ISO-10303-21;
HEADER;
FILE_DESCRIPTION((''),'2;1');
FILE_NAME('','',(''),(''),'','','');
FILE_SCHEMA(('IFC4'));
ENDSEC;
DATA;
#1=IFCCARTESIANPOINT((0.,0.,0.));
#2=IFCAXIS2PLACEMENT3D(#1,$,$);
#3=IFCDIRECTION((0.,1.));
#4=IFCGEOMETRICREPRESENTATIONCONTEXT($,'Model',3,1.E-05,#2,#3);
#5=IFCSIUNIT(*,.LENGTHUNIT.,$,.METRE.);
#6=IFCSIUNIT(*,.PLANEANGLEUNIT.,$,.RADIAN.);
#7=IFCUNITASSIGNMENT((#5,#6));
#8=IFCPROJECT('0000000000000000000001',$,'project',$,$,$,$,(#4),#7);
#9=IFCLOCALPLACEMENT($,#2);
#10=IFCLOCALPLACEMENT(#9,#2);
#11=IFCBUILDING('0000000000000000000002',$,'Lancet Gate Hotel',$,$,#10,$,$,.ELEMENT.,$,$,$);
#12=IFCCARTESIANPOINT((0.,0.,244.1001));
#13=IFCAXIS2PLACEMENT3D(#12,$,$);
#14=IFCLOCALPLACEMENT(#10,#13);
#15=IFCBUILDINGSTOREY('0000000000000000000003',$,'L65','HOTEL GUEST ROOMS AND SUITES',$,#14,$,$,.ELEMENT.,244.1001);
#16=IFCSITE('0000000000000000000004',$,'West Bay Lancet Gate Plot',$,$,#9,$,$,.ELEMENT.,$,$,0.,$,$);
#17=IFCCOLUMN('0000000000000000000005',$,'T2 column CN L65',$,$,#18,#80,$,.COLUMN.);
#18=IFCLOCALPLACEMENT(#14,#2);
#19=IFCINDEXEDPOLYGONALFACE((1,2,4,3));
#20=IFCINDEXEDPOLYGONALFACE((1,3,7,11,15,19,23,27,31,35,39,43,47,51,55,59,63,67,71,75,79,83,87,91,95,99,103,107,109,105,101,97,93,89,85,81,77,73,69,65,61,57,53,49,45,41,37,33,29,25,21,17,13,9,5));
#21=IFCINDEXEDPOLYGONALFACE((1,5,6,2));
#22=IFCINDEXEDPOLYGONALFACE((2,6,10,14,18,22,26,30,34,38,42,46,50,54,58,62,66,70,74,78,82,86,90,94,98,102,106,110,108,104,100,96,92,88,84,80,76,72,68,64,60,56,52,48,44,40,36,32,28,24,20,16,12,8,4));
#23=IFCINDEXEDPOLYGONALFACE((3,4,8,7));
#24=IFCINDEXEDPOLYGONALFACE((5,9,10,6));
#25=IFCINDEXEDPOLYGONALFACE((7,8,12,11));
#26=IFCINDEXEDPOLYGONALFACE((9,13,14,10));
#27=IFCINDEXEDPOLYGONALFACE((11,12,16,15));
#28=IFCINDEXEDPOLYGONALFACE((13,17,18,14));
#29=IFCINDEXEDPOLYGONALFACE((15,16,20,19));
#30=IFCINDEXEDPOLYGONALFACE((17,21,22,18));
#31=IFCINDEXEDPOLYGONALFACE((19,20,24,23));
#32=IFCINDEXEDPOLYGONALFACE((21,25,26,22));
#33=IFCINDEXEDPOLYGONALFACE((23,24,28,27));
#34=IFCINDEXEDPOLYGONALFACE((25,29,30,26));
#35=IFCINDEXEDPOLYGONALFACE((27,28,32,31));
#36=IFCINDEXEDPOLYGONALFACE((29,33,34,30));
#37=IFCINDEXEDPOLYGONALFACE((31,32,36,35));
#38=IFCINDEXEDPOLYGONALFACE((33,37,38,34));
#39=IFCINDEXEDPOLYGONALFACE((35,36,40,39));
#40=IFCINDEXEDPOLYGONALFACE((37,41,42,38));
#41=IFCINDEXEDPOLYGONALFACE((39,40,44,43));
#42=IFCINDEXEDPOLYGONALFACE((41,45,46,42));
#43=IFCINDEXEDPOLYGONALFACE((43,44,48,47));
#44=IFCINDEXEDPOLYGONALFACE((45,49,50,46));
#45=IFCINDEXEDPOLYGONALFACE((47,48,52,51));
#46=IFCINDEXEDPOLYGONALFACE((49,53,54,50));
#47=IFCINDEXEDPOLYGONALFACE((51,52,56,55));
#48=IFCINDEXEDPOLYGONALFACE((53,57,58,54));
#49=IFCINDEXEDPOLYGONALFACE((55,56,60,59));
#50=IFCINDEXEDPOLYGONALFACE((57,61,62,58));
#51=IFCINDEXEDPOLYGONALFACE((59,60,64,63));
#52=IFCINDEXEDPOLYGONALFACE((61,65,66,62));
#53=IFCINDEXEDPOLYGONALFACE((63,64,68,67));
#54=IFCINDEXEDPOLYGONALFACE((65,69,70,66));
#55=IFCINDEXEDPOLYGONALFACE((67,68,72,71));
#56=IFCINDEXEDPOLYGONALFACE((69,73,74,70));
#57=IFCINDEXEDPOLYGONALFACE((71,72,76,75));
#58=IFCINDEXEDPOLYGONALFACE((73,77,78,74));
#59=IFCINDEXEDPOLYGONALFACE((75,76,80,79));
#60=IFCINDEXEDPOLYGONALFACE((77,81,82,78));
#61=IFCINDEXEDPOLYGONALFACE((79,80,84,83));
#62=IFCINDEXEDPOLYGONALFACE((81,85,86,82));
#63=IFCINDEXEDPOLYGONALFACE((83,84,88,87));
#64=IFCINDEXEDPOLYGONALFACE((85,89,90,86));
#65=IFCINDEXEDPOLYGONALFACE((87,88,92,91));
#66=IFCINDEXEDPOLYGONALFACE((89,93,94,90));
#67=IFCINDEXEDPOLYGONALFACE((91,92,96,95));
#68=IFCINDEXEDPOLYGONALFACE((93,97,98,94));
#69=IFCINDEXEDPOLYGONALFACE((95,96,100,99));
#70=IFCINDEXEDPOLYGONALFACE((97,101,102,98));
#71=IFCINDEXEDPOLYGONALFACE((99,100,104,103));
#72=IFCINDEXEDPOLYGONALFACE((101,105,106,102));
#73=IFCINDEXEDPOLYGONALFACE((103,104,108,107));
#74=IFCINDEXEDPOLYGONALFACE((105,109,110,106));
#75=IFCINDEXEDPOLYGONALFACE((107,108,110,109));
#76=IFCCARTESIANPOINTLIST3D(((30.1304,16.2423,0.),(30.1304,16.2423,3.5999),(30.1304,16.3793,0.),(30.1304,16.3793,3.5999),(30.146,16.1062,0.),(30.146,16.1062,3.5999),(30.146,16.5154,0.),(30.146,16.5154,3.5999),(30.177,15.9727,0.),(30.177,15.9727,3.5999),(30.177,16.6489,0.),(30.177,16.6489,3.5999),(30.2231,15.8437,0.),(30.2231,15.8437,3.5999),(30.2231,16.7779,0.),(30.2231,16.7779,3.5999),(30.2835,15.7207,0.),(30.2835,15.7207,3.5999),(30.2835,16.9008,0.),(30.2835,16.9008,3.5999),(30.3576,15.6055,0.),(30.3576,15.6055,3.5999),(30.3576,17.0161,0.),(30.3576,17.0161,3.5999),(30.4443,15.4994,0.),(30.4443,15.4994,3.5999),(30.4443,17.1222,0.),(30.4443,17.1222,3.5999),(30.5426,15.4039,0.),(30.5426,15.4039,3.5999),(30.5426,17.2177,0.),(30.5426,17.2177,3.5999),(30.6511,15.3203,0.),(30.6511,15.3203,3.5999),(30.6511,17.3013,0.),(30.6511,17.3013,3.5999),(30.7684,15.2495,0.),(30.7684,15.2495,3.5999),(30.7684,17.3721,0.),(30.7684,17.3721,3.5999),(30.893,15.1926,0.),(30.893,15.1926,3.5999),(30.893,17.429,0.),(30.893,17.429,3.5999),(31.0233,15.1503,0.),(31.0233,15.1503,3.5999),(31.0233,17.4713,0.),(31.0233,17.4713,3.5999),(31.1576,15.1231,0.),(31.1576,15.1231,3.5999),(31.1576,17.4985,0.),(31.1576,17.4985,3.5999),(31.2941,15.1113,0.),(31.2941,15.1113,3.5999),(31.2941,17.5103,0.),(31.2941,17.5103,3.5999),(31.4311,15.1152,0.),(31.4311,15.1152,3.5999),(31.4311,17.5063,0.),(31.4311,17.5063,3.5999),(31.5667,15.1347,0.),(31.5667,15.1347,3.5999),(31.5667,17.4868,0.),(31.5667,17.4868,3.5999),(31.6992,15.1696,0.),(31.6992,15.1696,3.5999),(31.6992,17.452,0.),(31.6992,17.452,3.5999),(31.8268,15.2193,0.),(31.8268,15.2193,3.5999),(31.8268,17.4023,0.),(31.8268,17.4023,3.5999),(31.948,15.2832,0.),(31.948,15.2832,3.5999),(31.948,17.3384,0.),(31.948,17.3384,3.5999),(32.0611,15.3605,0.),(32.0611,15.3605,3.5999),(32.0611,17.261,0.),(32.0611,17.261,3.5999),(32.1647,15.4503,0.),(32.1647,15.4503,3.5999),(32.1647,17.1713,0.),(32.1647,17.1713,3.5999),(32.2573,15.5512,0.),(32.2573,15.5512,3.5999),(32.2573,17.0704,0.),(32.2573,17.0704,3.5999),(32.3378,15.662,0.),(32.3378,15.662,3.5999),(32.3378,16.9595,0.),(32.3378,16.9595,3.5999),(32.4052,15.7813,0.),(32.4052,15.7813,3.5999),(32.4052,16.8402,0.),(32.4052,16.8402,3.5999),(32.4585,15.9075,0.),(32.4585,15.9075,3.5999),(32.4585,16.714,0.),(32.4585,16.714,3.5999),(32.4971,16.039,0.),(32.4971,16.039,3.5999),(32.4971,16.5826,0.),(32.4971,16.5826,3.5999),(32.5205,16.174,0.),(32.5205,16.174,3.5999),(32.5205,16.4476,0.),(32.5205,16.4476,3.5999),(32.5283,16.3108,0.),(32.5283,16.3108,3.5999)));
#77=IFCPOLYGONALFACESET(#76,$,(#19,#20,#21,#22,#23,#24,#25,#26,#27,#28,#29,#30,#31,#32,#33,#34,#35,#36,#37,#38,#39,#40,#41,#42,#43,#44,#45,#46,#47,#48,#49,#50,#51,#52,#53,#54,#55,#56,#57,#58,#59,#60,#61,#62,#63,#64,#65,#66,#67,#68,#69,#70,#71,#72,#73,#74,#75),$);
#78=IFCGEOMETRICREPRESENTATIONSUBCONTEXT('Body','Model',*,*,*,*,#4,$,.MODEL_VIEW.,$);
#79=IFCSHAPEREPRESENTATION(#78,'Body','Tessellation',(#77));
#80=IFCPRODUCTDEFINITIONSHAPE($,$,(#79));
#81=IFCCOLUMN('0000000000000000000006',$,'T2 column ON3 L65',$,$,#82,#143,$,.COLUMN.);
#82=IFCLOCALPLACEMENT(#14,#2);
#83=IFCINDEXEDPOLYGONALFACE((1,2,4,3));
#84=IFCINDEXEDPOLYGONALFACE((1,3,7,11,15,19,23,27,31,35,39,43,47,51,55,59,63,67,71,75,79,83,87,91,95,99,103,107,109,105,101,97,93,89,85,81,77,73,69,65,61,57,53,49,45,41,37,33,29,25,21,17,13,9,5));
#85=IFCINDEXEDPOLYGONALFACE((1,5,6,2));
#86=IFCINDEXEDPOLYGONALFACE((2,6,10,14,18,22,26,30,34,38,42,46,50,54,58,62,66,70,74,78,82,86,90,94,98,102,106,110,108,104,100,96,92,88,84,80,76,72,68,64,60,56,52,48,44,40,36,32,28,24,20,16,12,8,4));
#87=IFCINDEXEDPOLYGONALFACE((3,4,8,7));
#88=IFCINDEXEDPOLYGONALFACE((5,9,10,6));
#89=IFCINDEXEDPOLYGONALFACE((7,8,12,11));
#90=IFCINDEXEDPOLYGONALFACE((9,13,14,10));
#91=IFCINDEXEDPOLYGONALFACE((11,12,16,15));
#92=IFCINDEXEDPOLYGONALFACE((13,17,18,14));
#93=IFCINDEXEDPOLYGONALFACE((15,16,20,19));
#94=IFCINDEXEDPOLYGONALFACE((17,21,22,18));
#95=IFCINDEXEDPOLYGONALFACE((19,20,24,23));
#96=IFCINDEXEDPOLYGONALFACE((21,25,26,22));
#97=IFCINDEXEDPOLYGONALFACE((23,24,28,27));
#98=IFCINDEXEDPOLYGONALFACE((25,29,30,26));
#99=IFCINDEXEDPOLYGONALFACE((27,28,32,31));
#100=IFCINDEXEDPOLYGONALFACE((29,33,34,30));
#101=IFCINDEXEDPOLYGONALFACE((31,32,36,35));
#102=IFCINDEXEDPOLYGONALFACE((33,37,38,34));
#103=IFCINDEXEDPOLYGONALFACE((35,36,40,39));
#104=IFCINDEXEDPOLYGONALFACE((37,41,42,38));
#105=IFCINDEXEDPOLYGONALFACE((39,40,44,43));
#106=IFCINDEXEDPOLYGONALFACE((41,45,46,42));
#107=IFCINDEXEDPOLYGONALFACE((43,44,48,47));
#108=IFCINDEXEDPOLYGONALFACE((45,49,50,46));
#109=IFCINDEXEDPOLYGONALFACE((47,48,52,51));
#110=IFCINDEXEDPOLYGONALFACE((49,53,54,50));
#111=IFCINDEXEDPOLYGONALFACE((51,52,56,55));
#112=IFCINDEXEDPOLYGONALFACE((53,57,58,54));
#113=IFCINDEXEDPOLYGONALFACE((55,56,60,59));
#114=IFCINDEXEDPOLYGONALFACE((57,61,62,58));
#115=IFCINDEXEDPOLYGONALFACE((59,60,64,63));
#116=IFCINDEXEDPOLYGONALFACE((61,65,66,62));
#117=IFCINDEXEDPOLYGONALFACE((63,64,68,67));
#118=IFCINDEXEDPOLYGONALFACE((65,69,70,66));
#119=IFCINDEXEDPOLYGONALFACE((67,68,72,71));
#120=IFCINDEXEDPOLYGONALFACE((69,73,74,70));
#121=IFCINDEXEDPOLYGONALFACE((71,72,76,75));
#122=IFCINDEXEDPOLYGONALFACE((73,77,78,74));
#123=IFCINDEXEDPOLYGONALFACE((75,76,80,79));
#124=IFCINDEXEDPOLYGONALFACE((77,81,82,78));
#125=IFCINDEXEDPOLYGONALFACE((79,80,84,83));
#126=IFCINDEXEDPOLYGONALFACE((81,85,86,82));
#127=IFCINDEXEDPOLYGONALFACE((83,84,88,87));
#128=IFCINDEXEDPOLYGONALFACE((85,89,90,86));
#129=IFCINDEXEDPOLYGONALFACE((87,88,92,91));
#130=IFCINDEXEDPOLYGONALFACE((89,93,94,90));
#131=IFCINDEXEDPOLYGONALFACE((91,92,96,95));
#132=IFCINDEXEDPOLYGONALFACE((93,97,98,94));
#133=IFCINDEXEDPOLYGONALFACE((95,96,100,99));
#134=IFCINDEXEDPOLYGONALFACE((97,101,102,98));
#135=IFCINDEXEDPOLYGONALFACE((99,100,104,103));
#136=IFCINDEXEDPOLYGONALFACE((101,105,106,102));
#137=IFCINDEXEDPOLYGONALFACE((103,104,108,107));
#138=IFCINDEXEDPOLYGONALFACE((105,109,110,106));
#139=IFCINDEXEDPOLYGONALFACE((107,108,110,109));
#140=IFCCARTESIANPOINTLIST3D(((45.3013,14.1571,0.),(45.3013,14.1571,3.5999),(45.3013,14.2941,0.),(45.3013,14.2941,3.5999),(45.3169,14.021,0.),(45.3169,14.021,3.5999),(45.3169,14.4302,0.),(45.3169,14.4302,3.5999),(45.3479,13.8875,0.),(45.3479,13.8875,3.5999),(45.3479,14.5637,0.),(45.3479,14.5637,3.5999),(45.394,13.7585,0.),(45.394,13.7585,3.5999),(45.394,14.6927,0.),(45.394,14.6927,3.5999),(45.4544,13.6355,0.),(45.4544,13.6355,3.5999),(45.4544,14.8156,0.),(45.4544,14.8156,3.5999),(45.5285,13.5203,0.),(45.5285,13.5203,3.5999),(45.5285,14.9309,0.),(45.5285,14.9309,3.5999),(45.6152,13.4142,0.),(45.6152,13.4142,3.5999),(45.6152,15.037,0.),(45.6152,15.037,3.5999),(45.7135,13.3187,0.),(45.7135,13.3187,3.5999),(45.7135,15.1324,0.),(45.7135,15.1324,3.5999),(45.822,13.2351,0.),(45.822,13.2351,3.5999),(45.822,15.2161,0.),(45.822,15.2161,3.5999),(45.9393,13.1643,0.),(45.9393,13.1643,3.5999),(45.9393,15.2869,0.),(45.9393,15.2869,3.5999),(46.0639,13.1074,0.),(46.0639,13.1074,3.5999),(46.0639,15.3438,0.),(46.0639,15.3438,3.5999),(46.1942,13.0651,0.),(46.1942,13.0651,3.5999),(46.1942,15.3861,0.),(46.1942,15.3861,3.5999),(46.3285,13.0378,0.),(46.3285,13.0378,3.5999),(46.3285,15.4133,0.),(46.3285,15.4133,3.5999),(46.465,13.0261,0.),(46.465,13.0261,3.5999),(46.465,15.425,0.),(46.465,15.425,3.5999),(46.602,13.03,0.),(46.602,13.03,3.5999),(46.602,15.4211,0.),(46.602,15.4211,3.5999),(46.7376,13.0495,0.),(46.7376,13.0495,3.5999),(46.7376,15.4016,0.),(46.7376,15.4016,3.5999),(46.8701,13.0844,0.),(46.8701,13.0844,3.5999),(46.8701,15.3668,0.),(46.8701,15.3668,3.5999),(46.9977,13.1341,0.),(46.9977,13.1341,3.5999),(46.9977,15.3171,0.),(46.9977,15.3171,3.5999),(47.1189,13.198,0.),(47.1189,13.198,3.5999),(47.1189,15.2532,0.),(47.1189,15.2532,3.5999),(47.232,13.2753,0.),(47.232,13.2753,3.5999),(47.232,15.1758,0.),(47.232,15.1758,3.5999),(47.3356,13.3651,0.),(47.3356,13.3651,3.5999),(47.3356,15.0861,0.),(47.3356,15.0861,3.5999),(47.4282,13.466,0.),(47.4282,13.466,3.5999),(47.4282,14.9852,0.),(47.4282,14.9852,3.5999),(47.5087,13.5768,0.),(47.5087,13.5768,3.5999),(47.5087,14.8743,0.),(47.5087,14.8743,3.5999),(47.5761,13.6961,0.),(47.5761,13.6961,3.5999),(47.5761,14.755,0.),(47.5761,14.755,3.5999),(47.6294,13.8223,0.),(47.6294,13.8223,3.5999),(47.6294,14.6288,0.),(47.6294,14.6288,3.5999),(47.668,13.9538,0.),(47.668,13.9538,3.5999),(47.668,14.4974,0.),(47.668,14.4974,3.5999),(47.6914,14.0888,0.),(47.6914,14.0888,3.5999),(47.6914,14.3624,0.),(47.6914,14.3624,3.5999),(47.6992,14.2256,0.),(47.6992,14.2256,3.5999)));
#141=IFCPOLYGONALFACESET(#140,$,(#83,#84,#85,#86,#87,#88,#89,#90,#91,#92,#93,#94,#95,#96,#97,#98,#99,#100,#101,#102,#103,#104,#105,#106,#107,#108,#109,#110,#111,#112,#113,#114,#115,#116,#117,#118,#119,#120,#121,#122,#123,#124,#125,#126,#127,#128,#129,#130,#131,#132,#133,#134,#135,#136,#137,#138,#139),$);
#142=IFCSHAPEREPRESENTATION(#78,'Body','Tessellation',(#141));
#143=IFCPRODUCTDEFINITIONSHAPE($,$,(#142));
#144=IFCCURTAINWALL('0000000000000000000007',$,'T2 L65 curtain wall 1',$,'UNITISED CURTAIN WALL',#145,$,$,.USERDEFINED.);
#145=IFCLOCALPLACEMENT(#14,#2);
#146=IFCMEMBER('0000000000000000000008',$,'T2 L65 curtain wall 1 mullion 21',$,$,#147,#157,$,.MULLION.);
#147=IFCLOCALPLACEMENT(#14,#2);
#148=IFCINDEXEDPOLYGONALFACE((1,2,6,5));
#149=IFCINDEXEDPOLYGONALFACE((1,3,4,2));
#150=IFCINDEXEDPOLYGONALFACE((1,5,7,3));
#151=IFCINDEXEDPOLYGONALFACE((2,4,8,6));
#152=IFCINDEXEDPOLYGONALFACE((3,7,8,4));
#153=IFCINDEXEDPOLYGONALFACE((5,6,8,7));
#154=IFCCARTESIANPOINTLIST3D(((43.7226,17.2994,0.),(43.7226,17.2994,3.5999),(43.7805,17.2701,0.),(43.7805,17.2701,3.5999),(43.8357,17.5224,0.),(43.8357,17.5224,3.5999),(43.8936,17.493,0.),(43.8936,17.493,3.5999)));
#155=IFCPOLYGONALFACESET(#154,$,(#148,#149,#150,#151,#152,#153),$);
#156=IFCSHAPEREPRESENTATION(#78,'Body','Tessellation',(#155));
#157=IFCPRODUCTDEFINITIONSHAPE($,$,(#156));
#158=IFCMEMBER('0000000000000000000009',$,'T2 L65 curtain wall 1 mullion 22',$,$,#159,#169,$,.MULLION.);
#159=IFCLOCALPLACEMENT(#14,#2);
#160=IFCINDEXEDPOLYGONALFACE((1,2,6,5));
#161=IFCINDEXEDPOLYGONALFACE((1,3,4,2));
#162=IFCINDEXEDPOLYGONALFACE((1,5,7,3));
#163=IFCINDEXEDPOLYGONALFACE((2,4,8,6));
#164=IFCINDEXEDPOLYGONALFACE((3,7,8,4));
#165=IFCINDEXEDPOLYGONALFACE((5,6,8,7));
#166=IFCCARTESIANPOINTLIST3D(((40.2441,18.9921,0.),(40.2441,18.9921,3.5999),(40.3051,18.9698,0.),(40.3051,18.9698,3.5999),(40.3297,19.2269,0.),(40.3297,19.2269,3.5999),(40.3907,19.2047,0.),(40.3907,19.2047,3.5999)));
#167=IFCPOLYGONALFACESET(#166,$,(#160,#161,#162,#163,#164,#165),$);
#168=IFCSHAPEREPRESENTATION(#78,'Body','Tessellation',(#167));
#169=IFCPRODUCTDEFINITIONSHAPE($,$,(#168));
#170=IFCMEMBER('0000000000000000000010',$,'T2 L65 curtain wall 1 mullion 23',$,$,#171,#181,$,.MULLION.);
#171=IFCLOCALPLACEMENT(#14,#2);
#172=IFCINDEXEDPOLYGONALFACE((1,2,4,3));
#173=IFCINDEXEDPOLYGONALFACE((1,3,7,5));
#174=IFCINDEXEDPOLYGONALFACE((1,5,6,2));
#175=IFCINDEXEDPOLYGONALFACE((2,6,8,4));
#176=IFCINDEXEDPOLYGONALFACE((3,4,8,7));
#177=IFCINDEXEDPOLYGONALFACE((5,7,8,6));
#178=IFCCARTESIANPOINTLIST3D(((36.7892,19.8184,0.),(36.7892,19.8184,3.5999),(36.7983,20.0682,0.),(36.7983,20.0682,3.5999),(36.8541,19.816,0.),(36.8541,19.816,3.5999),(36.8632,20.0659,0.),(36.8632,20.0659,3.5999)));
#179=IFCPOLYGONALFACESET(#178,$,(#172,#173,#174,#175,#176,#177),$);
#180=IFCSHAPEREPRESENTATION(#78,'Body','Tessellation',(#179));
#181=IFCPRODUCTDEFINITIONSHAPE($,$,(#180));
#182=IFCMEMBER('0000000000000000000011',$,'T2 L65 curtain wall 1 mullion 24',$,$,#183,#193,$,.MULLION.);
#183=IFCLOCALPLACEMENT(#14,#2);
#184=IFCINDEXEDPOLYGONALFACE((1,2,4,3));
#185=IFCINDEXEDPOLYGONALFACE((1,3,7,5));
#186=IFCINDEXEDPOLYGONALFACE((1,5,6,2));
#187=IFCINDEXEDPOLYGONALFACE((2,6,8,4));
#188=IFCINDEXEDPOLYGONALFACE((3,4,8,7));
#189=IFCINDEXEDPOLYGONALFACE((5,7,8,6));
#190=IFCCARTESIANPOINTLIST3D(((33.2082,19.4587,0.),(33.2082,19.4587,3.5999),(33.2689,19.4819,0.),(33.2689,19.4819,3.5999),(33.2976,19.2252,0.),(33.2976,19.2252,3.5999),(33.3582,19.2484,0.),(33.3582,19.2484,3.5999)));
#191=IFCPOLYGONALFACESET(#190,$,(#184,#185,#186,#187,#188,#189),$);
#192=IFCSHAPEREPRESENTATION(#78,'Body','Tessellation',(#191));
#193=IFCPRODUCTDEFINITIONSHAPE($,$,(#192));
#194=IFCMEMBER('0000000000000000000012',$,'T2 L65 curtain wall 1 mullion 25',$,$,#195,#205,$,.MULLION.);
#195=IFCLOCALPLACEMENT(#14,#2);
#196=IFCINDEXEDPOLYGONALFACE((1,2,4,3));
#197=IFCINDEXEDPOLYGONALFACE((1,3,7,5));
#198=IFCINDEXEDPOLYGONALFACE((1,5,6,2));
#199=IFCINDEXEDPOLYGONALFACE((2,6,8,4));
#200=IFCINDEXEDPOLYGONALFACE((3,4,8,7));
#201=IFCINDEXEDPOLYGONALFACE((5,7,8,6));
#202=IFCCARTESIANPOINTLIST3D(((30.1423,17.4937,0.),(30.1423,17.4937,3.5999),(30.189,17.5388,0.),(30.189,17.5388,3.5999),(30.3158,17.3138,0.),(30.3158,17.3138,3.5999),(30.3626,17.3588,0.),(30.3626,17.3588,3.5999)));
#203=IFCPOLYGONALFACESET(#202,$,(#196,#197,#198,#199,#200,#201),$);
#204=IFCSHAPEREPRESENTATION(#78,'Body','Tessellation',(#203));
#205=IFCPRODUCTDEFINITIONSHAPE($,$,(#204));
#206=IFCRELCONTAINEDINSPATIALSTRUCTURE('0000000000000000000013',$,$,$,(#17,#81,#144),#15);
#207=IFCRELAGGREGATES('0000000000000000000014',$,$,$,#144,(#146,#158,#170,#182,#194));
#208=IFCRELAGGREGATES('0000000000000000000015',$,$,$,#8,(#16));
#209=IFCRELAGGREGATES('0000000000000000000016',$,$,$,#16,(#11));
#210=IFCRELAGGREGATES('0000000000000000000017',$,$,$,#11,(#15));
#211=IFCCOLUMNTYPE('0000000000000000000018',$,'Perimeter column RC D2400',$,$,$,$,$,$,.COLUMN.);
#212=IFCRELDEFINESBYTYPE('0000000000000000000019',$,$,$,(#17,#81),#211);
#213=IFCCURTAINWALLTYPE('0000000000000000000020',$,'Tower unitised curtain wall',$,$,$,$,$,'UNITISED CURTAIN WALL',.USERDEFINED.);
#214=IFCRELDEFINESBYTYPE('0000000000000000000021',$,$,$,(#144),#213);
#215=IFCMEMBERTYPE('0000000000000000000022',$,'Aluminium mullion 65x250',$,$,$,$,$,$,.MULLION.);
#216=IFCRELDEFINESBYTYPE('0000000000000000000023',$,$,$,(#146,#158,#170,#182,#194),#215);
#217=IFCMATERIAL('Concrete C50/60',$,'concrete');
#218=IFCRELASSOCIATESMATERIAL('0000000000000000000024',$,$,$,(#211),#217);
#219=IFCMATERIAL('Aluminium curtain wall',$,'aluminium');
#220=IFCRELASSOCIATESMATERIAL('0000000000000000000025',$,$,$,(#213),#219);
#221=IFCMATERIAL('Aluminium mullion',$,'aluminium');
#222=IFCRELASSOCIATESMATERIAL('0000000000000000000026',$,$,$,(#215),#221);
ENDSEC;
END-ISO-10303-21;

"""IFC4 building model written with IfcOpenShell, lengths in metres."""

from ifc_helpers import new_model, si_unit, direction, frame, origin, origin_2d, place, context, subcontext, project, spatial, rectangle, circle, extrude, material, material_profile, profile_set, type_object, element, aggregate, save


model = new_model("IFC4")

# Units and contexts
model_context = context("Model", 3, precision=1e-05, world=origin(), true_north=direction((0.0, 1.0)))
body_context = subcontext(model_context, "Body", "Model", "MODEL_VIEW")
ifc_project = project(units=[si_unit("LENGTHUNIT", "METRE"), si_unit("PLANEANGLEUNIT", "RADIAN")], contexts=[model_context])

# Site, building, storey
site_placement = place(None, origin())
site = spatial("IfcSite", under=ifc_project, at=site_placement, Name="West Bay Lancet Gate Plot", CompositionType="ELEMENT", RefElevation=0.0)
building_placement = place(site_placement, origin())
building = spatial("IfcBuilding", under=site, at=building_placement, Name="Lancet Gate Hotel", CompositionType="ELEMENT")
storey_placement = place(building_placement, frame((0.0, 0.0, 244.1001)))
storey = spatial("IfcBuildingStorey", under=building, at=storey_placement, Name="L65", Description="HOTEL GUEST ROOMS AND SUITES", CompositionType="ELEMENT", Elevation=244.1001)

# Columns
ifc_material_1 = material(Name="Concrete C50/60", Category="concrete")
ifc_material_profile_1 = material_profile(ifc_material_1, circle(Radius=1.2, at=origin_2d()), Name="RC D2400")
ifc_profile_set_1 = profile_set([ifc_material_profile_1], Name="Concrete C50/60")
column_type = type_object("IfcColumnType", Name="Perimeter column RC D2400", PredefinedType="COLUMN", material=ifc_profile_set_1)
for number, where, z_axis, x_axis, name in (
    (1, (31.3284, 16.3108, 0.0), (0.0, 0.0, 1.0), (1.0, 0.0, 0.0), "T2 column CN L65"),
    (2, (46.4993, 14.2256, 0.0), (0.0, 0.0, 1.0), (1.0, 0.0, 0.0), "T2 column ON3 L65"),
):
    element("IfcColumn", number, at=place(storey_placement, frame(where, z_axis=z_axis, x_axis=x_axis)), inside=storey, type_object=column_type, Name=name, PredefinedType="COLUMN", context=body_context, shape_type="SweptSolid", body=[
        extrude(circle(Radius=1.2, at=origin_2d()), origin(), (0.0, 0.0, 1.0), 3.5999),
    ])

# Curtain wall, members
ifc_material_2 = material(Name="Aluminium curtain wall", Category="aluminium")
curtain_wall_type = type_object("IfcCurtainWallType", Name="Tower unitised curtain wall", ElementType="UNITISED CURTAIN WALL", PredefinedType="USERDEFINED", material=ifc_material_2)
curtain_wall_placement = place(storey_placement, origin())
curtain_wall = element("IfcCurtainWall", 3, at=curtain_wall_placement, inside=storey, type_object=curtain_wall_type, Name="T2 L65 curtain wall 1", ObjectType="UNITISED CURTAIN WALL", PredefinedType="USERDEFINED")
ifc_material_3 = material(Name="Aluminium mullion", Category="aluminium")
ifc_material_profile_2 = material_profile(ifc_material_3, rectangle(XDim=0.0649, YDim=0.25, at=origin_2d()), Name="MULLION 65x250")
ifc_profile_set_2 = profile_set([ifc_material_profile_2], Name="Aluminium mullion")
member_type_1 = type_object("IfcMemberType", Name="Aluminium mullion 65x250", PredefinedType="MULLION", material=ifc_profile_set_2)
member_1_placement = place(storey_placement, frame((43.8081, 17.3962, 0.0), z_axis=(0.0, 0.0, 1.0), x_axis=(-0.891833, 0.452365, 0.0)))
member_1 = element("IfcMember", 4, at=member_1_placement, type_object=member_type_1, Name="T2 L65 curtain wall 1 mullion 21", PredefinedType="MULLION", context=body_context, shape_type="SweptSolid", body=[
    extrude(rectangle(XDim=0.0649, YDim=0.25, at=origin_2d()), origin(), (0.0, 0.0, 1.0), 3.5999),
])
member_2_placement = place(storey_placement, frame((40.3174, 19.0984, 0.0), z_axis=(0.0, 0.0, 1.0), x_axis=(-0.939484, 0.342593, 0.0)))
member_2 = element("IfcMember", 5, at=member_2_placement, type_object=member_type_1, Name="T2 L65 curtain wall 1 mullion 22", PredefinedType="MULLION", context=body_context, shape_type="SweptSolid", body=[
    extrude(rectangle(XDim=0.0649, YDim=0.25, at=origin_2d()), origin(), (0.0, 0.0, 1.0), 3.5999),
])
member_3_placement = place(storey_placement, frame((36.8262, 19.9421, 0.0), z_axis=(0.0, 0.0, 1.0), x_axis=(-0.999343, 0.03625, 0.0)))
member_3 = element("IfcMember", 6, at=member_3_placement, type_object=member_type_1, Name="T2 L65 curtain wall 1 mullion 23", PredefinedType="MULLION", context=body_context, shape_type="SweptSolid", body=[
    extrude(rectangle(XDim=0.0649, YDim=0.25, at=origin_2d()), origin(), (0.0, 0.0, 1.0), 3.5999),
])
member_4_placement = place(storey_placement, frame((33.2832, 19.3535, 0.0), z_axis=(0.0, 0.0, 1.0), x_axis=(-0.933943, -0.357421, 0.0)))
member_4 = element("IfcMember", 7, at=member_4_placement, type_object=member_type_1, Name="T2 L65 curtain wall 1 mullion 24", PredefinedType="MULLION", context=body_context, shape_type="SweptSolid", body=[
    extrude(rectangle(XDim=0.0649, YDim=0.25, at=origin_2d()), origin(), (0.0, 0.0, 1.0), 3.5999),
])
member_5_placement = place(storey_placement, frame((30.2524, 17.4263, 0.0), z_axis=(0.0, 0.0, 1.0), x_axis=(-0.719809, -0.694172, 0.0)))
member_5 = element("IfcMember", 8, at=member_5_placement, type_object=member_type_1, Name="T2 L65 curtain wall 1 mullion 25", PredefinedType="MULLION", context=body_context, shape_type="SweptSolid", body=[
    extrude(rectangle(XDim=0.0649, YDim=0.25, at=origin_2d()), origin(), (0.0, 0.0, 1.0), 3.5999),
])

aggregate(curtain_wall, [member_1, member_2, member_3, member_4, member_5])

save(model, "model.ifc")
